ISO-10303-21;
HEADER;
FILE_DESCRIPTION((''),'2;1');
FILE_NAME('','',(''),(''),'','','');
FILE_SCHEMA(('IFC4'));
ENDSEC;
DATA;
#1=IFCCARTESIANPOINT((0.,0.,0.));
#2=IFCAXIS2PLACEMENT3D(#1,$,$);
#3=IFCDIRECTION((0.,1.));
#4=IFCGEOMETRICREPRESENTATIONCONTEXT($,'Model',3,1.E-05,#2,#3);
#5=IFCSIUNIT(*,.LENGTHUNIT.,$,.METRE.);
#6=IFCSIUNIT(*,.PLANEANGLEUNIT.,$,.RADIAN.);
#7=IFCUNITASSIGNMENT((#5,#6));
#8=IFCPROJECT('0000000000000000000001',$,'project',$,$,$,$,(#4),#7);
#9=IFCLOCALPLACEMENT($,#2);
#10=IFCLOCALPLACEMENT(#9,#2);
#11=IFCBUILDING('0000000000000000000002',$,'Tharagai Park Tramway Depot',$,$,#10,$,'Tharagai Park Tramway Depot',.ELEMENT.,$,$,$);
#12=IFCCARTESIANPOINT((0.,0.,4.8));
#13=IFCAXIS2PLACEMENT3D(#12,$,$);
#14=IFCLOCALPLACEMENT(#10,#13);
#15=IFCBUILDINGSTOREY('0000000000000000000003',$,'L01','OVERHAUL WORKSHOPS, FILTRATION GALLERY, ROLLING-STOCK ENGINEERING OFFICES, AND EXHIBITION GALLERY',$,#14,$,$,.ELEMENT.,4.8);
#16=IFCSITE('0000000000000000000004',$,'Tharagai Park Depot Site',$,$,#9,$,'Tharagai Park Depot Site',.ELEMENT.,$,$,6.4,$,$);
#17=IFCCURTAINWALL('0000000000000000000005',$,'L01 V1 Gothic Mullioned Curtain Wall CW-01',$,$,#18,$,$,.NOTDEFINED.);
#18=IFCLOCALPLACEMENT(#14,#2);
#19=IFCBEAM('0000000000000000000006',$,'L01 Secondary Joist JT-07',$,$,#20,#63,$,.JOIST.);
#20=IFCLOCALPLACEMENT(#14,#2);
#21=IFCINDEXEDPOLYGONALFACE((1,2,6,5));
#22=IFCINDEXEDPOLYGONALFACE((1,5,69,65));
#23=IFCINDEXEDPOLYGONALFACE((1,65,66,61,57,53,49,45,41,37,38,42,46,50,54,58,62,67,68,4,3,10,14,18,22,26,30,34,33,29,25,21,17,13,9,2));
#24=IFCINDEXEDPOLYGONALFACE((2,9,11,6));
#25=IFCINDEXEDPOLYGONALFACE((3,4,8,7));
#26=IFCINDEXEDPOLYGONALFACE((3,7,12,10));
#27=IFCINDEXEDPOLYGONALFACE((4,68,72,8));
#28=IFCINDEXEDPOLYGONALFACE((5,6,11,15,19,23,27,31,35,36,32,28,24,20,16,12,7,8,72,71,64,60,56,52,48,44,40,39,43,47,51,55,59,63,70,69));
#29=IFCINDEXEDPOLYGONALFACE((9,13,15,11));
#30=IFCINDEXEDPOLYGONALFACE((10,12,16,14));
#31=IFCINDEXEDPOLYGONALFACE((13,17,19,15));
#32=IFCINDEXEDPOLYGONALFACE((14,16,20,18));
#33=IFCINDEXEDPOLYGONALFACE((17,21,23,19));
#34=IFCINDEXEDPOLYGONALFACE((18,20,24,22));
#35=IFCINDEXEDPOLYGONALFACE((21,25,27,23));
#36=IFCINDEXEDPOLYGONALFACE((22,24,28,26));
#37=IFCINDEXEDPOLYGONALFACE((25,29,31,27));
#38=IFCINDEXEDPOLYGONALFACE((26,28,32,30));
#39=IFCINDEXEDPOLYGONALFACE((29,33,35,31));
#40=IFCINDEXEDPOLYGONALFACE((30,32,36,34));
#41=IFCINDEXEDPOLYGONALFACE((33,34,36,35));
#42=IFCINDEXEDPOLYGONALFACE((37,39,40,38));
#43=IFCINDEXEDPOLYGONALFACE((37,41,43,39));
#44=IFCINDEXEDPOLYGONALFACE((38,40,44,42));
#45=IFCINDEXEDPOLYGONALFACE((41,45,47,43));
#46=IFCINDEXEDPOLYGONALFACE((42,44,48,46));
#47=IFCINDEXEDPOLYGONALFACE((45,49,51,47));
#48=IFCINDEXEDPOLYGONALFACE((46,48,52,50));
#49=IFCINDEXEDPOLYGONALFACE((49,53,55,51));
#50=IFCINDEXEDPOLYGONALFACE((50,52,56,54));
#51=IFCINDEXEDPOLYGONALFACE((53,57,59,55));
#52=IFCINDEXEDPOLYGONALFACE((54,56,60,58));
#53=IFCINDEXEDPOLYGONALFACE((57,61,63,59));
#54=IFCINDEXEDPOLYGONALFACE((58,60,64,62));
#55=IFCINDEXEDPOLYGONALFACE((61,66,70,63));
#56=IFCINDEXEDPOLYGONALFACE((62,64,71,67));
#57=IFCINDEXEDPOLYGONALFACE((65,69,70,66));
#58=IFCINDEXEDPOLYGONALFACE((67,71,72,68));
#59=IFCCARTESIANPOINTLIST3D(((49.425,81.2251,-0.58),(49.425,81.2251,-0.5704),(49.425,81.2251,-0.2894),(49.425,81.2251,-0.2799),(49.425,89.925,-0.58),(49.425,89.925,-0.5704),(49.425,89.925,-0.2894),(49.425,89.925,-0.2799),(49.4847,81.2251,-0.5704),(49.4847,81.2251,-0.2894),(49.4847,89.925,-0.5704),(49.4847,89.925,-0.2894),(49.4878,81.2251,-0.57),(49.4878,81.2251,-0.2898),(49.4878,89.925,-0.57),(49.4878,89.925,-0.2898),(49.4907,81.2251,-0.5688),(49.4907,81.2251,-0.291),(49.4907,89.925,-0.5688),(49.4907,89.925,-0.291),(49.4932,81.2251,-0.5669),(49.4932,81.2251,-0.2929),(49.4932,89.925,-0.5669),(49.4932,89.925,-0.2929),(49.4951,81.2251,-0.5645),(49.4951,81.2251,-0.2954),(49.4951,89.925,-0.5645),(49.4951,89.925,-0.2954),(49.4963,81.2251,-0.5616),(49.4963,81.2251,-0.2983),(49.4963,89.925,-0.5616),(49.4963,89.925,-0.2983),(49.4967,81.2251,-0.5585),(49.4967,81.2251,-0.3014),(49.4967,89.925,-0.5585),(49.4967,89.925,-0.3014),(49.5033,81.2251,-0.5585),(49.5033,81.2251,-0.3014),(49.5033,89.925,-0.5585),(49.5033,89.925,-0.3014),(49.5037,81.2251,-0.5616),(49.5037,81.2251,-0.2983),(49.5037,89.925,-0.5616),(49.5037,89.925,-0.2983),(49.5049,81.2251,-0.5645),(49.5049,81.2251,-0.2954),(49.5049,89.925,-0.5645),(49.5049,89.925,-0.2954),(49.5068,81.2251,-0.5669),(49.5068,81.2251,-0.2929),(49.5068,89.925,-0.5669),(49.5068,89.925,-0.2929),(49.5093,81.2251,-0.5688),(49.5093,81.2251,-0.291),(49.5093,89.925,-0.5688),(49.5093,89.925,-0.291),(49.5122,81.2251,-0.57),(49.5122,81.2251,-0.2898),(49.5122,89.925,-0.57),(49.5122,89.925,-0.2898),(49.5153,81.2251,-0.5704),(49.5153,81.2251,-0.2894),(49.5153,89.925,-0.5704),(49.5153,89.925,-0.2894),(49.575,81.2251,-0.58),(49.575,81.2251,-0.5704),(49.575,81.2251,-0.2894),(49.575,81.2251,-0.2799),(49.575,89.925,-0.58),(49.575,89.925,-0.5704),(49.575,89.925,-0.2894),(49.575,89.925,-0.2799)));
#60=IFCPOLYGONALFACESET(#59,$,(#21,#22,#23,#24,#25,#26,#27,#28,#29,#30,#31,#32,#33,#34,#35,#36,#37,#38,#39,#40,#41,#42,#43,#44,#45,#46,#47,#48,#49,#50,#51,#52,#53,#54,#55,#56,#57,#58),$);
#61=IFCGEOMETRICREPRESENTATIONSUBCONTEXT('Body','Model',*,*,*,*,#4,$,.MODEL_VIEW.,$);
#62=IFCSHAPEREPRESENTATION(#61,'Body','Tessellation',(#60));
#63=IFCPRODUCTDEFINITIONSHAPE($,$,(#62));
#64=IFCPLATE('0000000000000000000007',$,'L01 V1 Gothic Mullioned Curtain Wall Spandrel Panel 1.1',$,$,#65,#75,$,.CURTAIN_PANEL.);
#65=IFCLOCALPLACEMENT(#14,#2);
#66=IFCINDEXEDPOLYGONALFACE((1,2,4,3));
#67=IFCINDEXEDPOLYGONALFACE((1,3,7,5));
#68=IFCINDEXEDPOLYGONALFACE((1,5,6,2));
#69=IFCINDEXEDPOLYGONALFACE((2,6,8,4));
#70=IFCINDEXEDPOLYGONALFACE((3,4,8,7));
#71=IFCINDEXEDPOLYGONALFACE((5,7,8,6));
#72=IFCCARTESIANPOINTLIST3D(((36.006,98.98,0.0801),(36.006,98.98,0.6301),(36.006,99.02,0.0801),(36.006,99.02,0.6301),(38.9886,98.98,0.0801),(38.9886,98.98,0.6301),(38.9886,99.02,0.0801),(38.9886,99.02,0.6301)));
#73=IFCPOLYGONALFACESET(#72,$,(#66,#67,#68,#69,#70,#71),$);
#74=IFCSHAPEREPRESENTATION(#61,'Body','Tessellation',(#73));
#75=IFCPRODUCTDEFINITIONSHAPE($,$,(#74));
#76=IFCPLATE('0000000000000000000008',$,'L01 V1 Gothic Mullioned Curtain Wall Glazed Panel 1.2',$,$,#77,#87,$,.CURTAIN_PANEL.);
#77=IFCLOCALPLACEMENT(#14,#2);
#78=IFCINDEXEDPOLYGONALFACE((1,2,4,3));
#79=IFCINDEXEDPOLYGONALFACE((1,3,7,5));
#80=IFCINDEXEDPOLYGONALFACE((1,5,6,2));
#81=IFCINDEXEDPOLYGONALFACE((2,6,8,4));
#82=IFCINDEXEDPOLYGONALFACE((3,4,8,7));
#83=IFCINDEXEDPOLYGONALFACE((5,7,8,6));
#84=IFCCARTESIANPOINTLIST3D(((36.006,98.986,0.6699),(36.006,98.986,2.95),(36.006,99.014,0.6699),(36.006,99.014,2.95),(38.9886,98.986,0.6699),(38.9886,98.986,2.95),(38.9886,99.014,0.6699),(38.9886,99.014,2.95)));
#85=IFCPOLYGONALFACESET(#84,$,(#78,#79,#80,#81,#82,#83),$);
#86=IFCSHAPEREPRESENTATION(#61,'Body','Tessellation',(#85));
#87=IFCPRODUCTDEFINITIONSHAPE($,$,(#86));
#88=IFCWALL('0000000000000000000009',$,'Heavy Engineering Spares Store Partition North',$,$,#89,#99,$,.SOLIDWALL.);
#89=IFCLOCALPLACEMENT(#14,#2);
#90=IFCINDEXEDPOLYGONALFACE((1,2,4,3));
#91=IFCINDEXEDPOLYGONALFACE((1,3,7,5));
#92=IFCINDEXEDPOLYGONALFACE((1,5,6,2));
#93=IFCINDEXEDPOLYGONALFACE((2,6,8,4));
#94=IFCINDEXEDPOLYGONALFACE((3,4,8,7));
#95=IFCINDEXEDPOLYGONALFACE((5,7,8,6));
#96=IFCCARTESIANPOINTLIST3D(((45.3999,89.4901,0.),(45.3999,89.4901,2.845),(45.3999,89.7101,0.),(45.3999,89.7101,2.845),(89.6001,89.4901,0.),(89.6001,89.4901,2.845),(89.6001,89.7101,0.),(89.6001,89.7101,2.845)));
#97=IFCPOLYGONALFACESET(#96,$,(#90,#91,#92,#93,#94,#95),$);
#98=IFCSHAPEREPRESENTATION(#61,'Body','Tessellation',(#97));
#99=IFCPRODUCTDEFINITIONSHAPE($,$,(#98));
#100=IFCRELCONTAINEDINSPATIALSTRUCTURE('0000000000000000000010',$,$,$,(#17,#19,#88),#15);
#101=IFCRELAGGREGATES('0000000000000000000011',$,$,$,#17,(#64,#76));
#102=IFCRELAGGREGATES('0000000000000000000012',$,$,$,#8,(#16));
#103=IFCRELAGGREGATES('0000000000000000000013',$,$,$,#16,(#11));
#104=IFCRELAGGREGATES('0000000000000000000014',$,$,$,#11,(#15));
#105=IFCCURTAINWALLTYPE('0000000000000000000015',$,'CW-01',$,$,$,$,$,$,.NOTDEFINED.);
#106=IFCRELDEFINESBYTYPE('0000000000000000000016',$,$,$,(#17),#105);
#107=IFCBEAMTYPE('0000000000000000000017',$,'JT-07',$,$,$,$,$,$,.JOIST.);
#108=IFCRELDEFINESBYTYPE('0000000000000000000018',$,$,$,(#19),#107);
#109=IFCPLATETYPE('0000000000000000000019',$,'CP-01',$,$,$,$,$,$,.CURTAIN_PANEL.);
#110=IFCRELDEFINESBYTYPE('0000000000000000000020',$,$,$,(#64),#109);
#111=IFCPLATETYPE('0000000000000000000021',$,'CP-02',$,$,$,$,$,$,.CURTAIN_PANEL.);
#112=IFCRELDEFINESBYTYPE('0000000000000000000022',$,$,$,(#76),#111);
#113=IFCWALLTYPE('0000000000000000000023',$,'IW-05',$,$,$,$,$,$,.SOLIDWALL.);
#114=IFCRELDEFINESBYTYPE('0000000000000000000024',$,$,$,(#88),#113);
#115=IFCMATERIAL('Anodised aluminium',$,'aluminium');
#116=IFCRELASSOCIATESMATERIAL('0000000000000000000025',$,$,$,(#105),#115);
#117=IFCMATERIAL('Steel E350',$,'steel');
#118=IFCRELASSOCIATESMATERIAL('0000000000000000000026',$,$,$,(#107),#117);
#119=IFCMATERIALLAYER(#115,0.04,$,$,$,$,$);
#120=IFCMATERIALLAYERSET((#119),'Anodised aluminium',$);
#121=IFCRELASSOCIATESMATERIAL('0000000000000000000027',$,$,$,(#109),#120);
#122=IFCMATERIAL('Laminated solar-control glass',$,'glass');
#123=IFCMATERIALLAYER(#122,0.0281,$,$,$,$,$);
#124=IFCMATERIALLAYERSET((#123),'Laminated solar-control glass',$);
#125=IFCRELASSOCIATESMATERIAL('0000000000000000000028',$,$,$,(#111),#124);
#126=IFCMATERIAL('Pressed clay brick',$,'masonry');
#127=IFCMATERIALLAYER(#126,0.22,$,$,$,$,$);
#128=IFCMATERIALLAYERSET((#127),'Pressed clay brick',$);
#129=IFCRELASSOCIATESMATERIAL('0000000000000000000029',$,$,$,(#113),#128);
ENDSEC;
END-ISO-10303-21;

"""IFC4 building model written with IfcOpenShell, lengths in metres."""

from ifc_helpers import new_model, si_unit, direction, frame, frame_2d, origin, origin_2d, place, context, subcontext, project, spatial, rectangle, i_section, extrude, material, layer, layer_set, material_profile, profile_set, type_object, element, aggregate, save


model = new_model("IFC4")

# Units and contexts
model_context = context("Model", 3, precision=1e-05, world=origin(), true_north=direction((0.0, 1.0)))
body_context = subcontext(model_context, "Body", "Model", "MODEL_VIEW")
ifc_project = project(units=[si_unit("LENGTHUNIT", "METRE"), si_unit("PLANEANGLEUNIT", "RADIAN")], contexts=[model_context])

# Site, building, storey
site_placement = place(None, origin())
site = spatial("IfcSite", under=ifc_project, at=site_placement, Name="Tharagai Park Depot Site", LongName="Tharagai Park Depot Site", CompositionType="ELEMENT", RefElevation=6.4)
building_placement = place(site_placement, origin())
building = spatial("IfcBuilding", under=site, at=building_placement, Name="Tharagai Park Tramway Depot", LongName="Tharagai Park Tramway Depot", CompositionType="ELEMENT")
storey_placement = place(building_placement, frame((0.0, 0.0, 4.8)))
storey = spatial("IfcBuildingStorey", under=building, at=storey_placement, Name="L01", Description="OVERHAUL WORKSHOPS, FILTRATION GALLERY, ROLLING-STOCK ENGINEERING OFFICES, AND EXHIBITION GALLERY", CompositionType="ELEMENT", Elevation=4.8)

# Shared definitions
ifc_material_1 = material(Name="Steel E350", Category="steel")

# Curtain wall
ifc_material_2 = material(Name="Anodised aluminium", Category="aluminium")
curtain_wall_type = type_object("IfcCurtainWallType", Name="CW-01", PredefinedType="NOTDEFINED", material=ifc_material_2)
curtain_wall_placement = place(storey_placement, origin())
curtain_wall = element("IfcCurtainWall", 1, at=curtain_wall_placement, inside=storey, type_object=curtain_wall_type, Name="L01 V1 Gothic Mullioned Curtain Wall CW-01", PredefinedType="NOTDEFINED")

# Beam
ifc_material_profile_1 = material_profile(ifc_material_1, i_section(OverallWidth=0.1499, OverallDepth=0.3, WebThickness=0.0066, FlangeThickness=0.0095, FilletRadius=0.012, at=origin_2d()), Name="ISLB 300")
ifc_profile_set_1 = profile_set([ifc_material_profile_1], Name="Steel E350")
beam_type_1 = type_object("IfcBeamType", Name="JT-07", PredefinedType="JOIST", material=ifc_profile_set_1)
beam_1_placement = place(storey_placement, frame((49.5, 81.2251, -0.4299), z_axis=(0.0, 1.0, 0.0), x_axis=(-1.0, 0.0, 0.0)))
element("IfcBeam", 2, at=beam_1_placement, inside=storey, type_object=beam_type_1, Name="L01 Secondary Joist JT-07", PredefinedType="JOIST", context=body_context, shape_type="SweptSolid", body=[
    extrude(i_section(OverallWidth=0.1499, OverallDepth=0.3, WebThickness=0.0066, FlangeThickness=0.0095, FilletRadius=0.012, at=origin_2d()), origin(), (0.0, 0.0, 1.0), 8.7),
])

# Plates
ifc_layer_1 = layer(ifc_material_2, 0.04)
ifc_layer_set_1 = layer_set([ifc_layer_1], Name="Anodised aluminium")
plate_type_1 = type_object("IfcPlateType", Name="CP-01", PredefinedType="CURTAIN_PANEL", material=ifc_layer_set_1)
plate_1_placement = place(storey_placement, frame((37.4973, 99.0, 0.0801), z_axis=(0.0, 0.0, 1.0), x_axis=(1.0, 0.0, 0.0)))
plate_1 = element("IfcPlate", 3, at=plate_1_placement, type_object=plate_type_1, Name="L01 V1 Gothic Mullioned Curtain Wall Spandrel Panel 1.1", PredefinedType="CURTAIN_PANEL", context=body_context, shape_type="SweptSolid", body=[
    extrude(rectangle(XDim=2.9827, YDim=0.04, at=origin_2d()), origin(), (0.0, 0.0, 1.0), 0.55),
])
ifc_material_3 = material(Name="Laminated solar-control glass", Category="glass")
ifc_layer_2 = layer(ifc_material_3, 0.0281)
ifc_layer_set_2 = layer_set([ifc_layer_2], Name="Laminated solar-control glass")
plate_type_2 = type_object("IfcPlateType", Name="CP-02", PredefinedType="CURTAIN_PANEL", material=ifc_layer_set_2)
plate_2_placement = place(storey_placement, frame((37.4973, 99.0, 0.6699), z_axis=(0.0, 0.0, 1.0), x_axis=(1.0, 0.0, 0.0)))
plate_2 = element("IfcPlate", 4, at=plate_2_placement, type_object=plate_type_2, Name="L01 V1 Gothic Mullioned Curtain Wall Glazed Panel 1.2", PredefinedType="CURTAIN_PANEL", context=body_context, shape_type="SweptSolid", body=[
    extrude(rectangle(XDim=2.9827, YDim=0.0281, at=origin_2d()), origin(), (0.0, 0.0, 1.0), 2.28),
])
aggregate(curtain_wall, [plate_1, plate_2])

# Wall
ifc_material_4 = material(Name="Pressed clay brick", Category="masonry")
ifc_layer_3 = layer(ifc_material_4, 0.22)
ifc_layer_set_3 = layer_set([ifc_layer_3], Name="Pressed clay brick")
wall_type = type_object("IfcWallType", Name="IW-05", PredefinedType="SOLIDWALL", material=ifc_layer_set_3)
wall_placement = place(storey_placement, frame((45.3999, 89.6001, 0.0), z_axis=(0.0, 0.0, 1.0), x_axis=(1.0, 0.0, 0.0)))
element("IfcWall", 5, at=wall_placement, inside=storey, type_object=wall_type, Name="Heavy Engineering Spares Store Partition North", PredefinedType="SOLIDWALL", context=body_context, shape_type="SweptSolid", body=[
    extrude(rectangle(XDim=44.2002, YDim=0.22, at=frame_2d((22.1001, 0.0))), origin(), (0.0, 0.0, 1.0), 2.845),
])

save(model, "model.ifc")
